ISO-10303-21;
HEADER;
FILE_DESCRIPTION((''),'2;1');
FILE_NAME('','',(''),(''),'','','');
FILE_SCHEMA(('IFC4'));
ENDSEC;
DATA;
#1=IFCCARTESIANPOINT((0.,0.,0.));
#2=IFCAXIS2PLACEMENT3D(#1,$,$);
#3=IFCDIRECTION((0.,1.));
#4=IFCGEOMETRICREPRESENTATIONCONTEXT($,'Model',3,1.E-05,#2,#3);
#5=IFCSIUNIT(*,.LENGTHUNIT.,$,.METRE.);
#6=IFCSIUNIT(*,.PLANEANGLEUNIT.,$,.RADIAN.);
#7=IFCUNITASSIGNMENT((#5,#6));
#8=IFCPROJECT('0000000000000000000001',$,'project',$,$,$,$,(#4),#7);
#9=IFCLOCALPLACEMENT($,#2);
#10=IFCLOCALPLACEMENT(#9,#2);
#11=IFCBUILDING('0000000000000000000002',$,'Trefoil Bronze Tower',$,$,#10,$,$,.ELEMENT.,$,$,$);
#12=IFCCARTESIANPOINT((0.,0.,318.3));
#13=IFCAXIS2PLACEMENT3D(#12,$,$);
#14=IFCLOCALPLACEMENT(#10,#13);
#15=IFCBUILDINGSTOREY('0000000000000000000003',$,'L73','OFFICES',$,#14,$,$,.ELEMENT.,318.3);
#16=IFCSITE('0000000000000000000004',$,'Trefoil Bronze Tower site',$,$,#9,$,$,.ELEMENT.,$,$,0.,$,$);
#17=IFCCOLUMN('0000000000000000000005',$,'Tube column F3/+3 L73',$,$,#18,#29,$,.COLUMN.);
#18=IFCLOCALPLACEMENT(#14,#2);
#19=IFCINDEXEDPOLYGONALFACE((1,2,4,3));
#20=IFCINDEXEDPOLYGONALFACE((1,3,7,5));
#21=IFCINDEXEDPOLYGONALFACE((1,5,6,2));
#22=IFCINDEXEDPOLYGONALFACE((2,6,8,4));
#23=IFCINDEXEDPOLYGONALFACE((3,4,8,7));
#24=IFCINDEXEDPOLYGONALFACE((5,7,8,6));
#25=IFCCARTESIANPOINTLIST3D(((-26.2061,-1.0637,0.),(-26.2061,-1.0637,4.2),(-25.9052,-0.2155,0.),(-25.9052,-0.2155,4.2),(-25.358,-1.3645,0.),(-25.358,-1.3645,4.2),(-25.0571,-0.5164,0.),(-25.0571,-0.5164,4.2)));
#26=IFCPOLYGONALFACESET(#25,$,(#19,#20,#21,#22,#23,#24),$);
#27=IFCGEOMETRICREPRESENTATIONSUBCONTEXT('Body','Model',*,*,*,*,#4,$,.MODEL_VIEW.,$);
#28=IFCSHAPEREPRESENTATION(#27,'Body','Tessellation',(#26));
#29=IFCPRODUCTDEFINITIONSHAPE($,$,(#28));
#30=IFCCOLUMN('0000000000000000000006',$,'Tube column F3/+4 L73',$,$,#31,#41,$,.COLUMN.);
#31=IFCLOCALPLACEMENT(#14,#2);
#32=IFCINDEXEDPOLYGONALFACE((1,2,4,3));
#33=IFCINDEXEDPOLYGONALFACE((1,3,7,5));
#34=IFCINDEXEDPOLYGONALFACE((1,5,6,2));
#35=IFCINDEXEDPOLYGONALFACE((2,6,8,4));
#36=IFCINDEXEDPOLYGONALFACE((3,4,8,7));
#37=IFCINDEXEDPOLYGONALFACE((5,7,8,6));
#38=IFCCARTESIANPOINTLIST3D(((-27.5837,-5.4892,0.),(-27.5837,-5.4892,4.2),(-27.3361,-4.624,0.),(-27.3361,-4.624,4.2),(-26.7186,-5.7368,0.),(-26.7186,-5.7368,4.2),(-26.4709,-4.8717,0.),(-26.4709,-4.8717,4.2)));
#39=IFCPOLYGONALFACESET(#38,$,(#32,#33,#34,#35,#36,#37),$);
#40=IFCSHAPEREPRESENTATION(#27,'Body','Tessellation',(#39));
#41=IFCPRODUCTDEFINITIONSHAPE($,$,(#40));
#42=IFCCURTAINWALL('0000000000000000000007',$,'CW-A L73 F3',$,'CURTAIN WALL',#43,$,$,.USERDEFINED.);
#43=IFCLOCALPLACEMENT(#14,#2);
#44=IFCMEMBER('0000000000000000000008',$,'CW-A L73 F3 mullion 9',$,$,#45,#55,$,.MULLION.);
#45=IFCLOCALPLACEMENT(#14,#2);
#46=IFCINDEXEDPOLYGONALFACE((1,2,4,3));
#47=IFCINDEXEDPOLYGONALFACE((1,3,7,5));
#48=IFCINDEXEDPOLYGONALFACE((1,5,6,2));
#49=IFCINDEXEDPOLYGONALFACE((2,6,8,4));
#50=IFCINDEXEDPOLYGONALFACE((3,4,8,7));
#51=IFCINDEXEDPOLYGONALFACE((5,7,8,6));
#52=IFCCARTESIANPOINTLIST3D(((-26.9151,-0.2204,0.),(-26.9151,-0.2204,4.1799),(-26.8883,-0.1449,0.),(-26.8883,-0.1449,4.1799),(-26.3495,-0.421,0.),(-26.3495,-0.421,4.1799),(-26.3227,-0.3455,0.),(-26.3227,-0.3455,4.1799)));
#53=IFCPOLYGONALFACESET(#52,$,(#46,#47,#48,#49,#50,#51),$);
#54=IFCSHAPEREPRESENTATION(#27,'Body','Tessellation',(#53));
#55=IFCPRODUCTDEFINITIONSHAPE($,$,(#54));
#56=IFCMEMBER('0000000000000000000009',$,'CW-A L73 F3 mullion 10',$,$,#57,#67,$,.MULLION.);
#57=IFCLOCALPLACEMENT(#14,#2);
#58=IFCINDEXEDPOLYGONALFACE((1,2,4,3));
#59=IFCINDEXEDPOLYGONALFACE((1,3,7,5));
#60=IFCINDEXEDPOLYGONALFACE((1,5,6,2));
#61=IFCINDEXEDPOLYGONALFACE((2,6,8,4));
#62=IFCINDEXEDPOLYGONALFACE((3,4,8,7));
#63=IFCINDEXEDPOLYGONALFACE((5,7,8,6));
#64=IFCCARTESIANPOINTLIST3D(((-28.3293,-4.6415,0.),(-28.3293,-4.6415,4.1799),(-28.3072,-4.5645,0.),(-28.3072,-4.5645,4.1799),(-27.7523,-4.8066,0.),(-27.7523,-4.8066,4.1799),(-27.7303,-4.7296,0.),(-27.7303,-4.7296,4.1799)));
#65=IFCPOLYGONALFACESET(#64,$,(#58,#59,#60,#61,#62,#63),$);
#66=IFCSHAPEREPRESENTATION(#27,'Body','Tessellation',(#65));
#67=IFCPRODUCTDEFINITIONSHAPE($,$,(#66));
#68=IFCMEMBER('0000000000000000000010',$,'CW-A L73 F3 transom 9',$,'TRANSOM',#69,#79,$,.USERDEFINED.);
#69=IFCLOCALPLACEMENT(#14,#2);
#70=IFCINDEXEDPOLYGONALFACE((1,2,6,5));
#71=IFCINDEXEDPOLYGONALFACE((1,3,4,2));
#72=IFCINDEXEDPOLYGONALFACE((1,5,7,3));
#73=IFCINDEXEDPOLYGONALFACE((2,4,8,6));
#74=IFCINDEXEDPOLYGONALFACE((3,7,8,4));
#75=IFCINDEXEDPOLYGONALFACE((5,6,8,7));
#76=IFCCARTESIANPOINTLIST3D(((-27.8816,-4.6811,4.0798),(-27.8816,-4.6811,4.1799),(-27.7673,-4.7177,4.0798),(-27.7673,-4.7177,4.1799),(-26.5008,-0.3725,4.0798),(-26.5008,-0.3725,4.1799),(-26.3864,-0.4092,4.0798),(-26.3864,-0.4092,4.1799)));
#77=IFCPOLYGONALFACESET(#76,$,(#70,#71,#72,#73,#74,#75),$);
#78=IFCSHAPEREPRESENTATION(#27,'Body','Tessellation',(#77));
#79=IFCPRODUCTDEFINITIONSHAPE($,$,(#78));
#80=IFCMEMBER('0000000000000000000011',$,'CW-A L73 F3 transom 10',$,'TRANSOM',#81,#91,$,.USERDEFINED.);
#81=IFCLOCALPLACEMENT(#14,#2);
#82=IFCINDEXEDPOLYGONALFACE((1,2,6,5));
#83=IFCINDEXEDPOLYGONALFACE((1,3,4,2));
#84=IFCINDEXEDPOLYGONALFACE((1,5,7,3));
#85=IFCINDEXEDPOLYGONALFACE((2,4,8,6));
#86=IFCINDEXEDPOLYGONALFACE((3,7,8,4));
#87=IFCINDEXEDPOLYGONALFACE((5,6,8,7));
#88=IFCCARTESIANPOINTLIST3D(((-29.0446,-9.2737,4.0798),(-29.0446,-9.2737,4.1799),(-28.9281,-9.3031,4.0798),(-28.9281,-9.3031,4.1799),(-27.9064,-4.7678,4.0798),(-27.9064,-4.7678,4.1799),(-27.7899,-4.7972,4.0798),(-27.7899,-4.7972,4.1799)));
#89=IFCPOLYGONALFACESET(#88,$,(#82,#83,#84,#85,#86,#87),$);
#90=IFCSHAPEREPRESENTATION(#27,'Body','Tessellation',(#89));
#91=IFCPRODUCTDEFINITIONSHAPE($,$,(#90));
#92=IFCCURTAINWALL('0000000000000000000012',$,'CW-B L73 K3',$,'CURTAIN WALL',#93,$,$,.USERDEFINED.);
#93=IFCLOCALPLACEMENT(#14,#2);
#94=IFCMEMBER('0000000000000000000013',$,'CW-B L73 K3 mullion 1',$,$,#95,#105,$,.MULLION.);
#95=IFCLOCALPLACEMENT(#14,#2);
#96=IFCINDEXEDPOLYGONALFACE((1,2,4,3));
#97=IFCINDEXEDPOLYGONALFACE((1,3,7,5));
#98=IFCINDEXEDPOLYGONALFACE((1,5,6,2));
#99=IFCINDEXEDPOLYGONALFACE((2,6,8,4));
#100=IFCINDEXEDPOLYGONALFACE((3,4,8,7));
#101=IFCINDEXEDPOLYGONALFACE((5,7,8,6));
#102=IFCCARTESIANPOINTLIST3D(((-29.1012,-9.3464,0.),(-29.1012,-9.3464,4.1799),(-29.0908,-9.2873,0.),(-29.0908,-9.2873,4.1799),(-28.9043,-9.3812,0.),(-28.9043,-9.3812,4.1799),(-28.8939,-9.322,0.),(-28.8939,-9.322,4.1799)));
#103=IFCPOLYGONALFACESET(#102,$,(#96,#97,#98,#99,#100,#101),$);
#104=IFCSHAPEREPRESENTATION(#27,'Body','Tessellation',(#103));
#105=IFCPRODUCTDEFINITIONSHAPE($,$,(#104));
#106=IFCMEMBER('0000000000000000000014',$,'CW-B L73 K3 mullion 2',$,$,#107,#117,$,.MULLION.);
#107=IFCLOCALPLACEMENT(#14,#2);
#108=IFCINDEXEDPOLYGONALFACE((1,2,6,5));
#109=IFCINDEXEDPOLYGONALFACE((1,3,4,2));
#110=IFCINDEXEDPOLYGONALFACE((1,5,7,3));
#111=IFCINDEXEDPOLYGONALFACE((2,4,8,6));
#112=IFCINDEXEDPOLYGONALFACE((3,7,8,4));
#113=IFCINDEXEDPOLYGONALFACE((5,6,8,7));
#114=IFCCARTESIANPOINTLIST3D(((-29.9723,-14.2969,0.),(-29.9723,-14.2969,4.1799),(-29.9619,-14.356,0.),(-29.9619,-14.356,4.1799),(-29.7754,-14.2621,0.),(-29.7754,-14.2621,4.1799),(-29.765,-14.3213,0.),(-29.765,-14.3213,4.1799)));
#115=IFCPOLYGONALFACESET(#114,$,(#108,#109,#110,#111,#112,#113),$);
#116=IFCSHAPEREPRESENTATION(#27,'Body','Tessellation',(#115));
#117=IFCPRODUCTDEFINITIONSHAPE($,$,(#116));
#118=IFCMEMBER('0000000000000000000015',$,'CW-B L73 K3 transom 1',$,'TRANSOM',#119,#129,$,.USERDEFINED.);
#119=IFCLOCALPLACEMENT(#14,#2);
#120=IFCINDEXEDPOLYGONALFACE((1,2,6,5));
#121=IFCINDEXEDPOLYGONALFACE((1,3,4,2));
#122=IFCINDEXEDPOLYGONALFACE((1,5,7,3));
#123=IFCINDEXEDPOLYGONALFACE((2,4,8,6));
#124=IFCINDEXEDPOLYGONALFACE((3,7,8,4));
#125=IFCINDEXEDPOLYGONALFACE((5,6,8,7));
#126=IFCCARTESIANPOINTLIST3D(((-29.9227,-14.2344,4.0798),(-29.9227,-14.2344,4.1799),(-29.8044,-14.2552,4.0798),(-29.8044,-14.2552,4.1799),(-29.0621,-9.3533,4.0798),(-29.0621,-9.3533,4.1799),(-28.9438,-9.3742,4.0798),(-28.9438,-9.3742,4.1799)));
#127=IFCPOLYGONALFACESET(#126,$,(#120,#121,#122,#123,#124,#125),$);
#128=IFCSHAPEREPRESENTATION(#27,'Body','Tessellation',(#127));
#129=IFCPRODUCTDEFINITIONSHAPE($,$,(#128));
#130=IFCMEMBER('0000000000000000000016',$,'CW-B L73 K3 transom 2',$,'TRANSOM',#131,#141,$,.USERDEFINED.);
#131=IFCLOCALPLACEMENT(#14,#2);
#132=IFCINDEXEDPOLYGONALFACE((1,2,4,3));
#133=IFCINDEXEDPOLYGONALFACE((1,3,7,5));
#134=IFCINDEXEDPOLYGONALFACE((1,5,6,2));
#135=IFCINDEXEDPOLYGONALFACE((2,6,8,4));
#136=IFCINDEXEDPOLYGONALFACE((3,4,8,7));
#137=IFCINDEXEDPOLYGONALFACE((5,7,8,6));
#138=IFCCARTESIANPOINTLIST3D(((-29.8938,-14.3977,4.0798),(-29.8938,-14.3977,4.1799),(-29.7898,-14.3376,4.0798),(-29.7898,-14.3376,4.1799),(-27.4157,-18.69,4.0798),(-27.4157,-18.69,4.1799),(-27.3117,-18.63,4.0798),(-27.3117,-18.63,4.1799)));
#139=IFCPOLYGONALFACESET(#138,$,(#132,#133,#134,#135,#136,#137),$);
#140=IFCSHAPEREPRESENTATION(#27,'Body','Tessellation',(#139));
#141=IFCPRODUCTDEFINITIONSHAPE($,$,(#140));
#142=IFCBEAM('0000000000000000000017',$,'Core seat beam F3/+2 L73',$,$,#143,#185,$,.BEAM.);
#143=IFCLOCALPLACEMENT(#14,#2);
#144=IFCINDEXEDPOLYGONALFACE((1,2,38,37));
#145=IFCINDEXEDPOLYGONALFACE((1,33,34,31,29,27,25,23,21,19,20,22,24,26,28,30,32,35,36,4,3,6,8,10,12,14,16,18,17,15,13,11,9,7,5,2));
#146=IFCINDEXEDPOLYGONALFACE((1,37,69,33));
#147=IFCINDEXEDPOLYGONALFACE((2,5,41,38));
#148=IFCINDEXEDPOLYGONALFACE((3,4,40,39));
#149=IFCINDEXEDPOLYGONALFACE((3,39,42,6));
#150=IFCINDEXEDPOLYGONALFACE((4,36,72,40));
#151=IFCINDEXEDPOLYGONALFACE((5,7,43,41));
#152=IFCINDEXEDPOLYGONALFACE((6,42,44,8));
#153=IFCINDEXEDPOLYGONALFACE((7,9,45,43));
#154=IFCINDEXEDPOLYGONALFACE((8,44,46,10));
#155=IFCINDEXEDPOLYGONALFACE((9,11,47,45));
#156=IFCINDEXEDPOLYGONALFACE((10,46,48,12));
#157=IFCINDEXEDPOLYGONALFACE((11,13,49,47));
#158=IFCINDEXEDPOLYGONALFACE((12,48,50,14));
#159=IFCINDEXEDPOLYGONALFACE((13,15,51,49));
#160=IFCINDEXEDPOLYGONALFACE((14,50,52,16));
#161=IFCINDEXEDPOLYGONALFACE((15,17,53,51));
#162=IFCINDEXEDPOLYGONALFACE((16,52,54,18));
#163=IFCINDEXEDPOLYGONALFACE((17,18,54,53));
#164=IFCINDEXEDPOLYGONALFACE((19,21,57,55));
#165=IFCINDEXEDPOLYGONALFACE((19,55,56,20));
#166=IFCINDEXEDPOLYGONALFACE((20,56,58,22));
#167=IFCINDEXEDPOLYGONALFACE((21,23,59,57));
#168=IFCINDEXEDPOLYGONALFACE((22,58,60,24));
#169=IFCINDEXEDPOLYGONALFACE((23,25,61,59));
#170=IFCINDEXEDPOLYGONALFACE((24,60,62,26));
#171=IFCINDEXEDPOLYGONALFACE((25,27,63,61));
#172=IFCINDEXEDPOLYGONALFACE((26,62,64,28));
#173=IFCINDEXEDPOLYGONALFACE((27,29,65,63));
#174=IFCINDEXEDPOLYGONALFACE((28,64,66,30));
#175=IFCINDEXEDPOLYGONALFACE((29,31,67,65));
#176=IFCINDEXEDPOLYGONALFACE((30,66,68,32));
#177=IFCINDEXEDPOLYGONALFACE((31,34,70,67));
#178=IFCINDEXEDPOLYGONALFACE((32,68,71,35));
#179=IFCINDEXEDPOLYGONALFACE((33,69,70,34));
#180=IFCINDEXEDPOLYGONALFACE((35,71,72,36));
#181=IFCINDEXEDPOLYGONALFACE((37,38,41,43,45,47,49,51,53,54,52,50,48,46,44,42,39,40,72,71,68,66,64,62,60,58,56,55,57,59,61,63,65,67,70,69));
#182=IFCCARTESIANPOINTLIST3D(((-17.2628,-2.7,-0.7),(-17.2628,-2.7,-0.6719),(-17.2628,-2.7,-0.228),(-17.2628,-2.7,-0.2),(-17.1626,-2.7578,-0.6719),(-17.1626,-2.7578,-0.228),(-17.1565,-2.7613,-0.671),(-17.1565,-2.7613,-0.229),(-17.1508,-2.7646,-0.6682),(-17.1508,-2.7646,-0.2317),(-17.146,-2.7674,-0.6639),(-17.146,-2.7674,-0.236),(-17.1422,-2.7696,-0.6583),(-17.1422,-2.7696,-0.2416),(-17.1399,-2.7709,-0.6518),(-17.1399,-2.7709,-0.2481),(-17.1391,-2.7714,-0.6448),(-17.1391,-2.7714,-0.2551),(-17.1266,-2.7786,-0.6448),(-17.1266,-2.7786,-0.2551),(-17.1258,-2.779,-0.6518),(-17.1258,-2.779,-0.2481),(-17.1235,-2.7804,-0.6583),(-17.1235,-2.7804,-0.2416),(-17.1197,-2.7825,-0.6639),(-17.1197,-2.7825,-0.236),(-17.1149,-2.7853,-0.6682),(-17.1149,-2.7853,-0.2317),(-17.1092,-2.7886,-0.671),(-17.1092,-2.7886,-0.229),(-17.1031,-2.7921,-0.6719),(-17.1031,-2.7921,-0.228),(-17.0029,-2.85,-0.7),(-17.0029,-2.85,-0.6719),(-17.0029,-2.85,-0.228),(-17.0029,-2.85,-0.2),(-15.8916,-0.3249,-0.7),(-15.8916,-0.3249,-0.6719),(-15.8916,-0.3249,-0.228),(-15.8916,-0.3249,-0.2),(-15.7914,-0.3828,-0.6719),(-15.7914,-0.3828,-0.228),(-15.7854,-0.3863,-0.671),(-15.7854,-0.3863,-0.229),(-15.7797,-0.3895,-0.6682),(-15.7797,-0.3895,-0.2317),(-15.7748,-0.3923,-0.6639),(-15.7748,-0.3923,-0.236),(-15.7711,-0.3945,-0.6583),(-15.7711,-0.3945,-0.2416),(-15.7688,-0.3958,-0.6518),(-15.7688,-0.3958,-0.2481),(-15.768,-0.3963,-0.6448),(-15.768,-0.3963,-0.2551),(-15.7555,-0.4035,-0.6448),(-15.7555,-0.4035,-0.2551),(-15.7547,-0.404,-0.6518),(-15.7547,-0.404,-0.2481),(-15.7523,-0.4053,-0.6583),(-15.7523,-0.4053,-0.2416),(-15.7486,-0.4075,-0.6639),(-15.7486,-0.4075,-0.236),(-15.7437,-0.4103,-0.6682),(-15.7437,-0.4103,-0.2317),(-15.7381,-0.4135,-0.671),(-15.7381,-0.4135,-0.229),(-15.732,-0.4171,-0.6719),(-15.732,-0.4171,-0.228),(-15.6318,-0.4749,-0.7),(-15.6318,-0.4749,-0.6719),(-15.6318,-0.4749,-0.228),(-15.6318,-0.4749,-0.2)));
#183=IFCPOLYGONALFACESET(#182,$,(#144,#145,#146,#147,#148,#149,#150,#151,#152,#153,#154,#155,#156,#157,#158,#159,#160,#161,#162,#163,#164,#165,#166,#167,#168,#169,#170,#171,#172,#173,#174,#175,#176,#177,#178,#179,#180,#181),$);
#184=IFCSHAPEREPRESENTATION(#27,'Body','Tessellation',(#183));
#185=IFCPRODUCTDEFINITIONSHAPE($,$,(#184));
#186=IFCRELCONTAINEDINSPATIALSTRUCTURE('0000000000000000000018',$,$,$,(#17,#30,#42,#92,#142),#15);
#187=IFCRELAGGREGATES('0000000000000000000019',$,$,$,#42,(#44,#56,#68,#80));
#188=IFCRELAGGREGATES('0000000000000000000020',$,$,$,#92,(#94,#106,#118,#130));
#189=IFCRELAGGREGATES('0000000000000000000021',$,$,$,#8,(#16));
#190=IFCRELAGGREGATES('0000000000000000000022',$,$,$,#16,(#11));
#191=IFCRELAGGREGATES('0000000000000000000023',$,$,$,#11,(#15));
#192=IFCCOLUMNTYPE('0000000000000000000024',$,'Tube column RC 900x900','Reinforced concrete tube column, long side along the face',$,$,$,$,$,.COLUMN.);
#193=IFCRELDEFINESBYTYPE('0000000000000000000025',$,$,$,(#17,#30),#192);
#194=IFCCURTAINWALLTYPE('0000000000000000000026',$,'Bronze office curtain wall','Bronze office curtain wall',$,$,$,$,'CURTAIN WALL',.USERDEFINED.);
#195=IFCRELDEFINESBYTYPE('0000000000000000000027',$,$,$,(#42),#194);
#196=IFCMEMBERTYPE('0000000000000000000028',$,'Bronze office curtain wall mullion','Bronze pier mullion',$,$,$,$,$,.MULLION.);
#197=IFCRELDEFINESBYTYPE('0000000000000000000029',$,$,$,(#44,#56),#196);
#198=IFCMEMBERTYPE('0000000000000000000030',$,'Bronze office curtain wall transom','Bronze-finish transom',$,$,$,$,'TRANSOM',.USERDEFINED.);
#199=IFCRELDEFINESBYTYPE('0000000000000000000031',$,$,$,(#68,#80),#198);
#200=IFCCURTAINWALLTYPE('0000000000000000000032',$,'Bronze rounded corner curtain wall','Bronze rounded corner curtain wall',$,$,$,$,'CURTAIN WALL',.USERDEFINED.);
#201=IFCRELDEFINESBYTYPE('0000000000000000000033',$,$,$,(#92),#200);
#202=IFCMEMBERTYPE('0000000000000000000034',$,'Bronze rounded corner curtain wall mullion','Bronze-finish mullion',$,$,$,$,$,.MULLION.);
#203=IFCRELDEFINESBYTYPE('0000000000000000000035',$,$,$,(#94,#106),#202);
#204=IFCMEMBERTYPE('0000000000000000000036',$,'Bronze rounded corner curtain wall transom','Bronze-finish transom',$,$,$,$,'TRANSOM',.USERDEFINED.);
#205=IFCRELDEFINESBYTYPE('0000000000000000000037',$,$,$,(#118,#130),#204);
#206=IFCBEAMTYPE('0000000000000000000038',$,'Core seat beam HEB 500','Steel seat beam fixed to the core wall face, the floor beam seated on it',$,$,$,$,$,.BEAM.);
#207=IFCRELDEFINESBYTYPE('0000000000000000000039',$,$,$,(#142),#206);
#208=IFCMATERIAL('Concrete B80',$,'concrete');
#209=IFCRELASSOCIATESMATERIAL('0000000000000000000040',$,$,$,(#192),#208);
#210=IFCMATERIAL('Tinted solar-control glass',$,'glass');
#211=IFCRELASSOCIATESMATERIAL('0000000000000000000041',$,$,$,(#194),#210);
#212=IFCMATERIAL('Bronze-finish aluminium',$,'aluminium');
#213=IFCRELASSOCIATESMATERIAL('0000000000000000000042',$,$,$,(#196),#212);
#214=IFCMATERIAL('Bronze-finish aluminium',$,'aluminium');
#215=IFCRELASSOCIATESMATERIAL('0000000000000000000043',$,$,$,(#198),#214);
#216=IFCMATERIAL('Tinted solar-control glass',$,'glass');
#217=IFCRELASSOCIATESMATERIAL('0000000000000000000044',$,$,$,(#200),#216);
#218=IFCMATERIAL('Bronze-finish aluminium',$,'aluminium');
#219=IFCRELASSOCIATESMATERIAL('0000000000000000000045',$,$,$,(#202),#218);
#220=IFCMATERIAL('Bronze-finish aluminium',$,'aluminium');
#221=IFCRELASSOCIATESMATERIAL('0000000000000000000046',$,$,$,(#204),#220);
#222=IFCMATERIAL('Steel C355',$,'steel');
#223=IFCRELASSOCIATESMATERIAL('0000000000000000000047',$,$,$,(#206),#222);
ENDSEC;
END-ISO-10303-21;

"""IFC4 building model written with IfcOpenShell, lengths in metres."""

from ifc_helpers import new_model, si_unit, direction, frame, origin, origin_2d, place, context, subcontext, project, spatial, rectangle, i_section, extrude, material, material_profile, profile_set, type_object, element, aggregate, save


model = new_model("IFC4")

# Units and contexts
model_context = context("Model", 3, precision=1e-05, world=origin(), true_north=direction((0.0, 1.0)))
body_context = subcontext(model_context, "Body", "Model", "MODEL_VIEW")
ifc_project = project(units=[si_unit("LENGTHUNIT", "METRE"), si_unit("PLANEANGLEUNIT", "RADIAN")], contexts=[model_context])

# Site, building, storey
site_placement = place(None, origin())
site = spatial("IfcSite", under=ifc_project, at=site_placement, Name="Trefoil Bronze Tower site", CompositionType="ELEMENT", RefElevation=0.0)
building_placement = place(site_placement, origin())
building = spatial("IfcBuilding", under=site, at=building_placement, Name="Trefoil Bronze Tower", CompositionType="ELEMENT")
storey_placement = place(building_placement, frame((0.0, 0.0, 318.3)))
storey = spatial("IfcBuildingStorey", under=building, at=storey_placement, Name="L73", Description="OFFICES", CompositionType="ELEMENT", Elevation=318.3)

# Columns
ifc_material_1 = material(Name="Concrete B80", Category="concrete")
ifc_material_profile_1 = material_profile(ifc_material_1, rectangle(XDim=0.8999, YDim=0.8999, at=origin_2d()), Name="RC 900x900")
ifc_profile_set_1 = profile_set([ifc_material_profile_1], Name="Concrete B80")
column_type = type_object("IfcColumnType", Name="Tube column RC 900x900", Description="Reinforced concrete tube column, long side along the face", PredefinedType="COLUMN", material=ifc_profile_set_1)
for number, where, z_axis, x_axis, name in (
    (1, (-25.6316, -0.79, 0.0), (0.0, 0.0, 1.0), (-0.334352, -0.942448, 0.0), "Tube column F3/+3 L73"),
    (2, (-27.0273, -5.1804, 0.0), (0.0, 0.0, 1.0), (-0.275169, -0.961396, 0.0), "Tube column F3/+4 L73"),
):
    element("IfcColumn", number, at=place(storey_placement, frame(where, z_axis=z_axis, x_axis=x_axis)), inside=storey, type_object=column_type, Name=name, PredefinedType="COLUMN", context=body_context, shape_type="SweptSolid", body=[
        extrude(rectangle(XDim=0.8999, YDim=0.8999, at=origin_2d()), origin(), (0.0, 0.0, 1.0), 4.2),
    ])

# Curtain walls, members
ifc_material_2 = material(Name="Tinted solar-control glass", Category="glass")
curtain_wall_type_1 = type_object("IfcCurtainWallType", Name="Bronze office curtain wall", Description="Bronze office curtain wall", ElementType="CURTAIN WALL", PredefinedType="USERDEFINED", material=ifc_material_2)
curtain_wall_1_placement = place(storey_placement, origin())
curtain_wall_1 = element("IfcCurtainWall", 3, at=curtain_wall_1_placement, inside=storey, type_object=curtain_wall_type_1, Name="CW-A L73 F3", ObjectType="CURTAIN WALL", PredefinedType="USERDEFINED")
ifc_material_3 = material(Name="Bronze-finish aluminium", Category="aluminium")
ifc_material_profile_2 = material_profile(ifc_material_3, rectangle(XDim=0.6001, YDim=0.0801, at=origin_2d()), Name="CW-A mullion")
ifc_profile_set_2 = profile_set([ifc_material_profile_2], Name="Bronze-finish aluminium")
member_type_1 = type_object("IfcMemberType", Name="Bronze office curtain wall mullion", Description="Bronze pier mullion", PredefinedType="MULLION", material=ifc_profile_set_2)
member_1_placement = place(storey_placement, frame((-26.6189, -0.283, 0.0), z_axis=(0.0, 0.0, 1.0), x_axis=(0.942448, -0.334352, 0.0)))
member_1 = element("IfcMember", 4, at=member_1_placement, type_object=member_type_1, Name="CW-A L73 F3 mullion 9", PredefinedType="MULLION", context=body_context, shape_type="SweptSolid", body=[
    extrude(rectangle(XDim=0.6001, YDim=0.0801, at=origin_2d()), origin(), (0.0, 0.0, 1.0), 4.1799),
])
member_2_placement = place(storey_placement, frame((-28.0298, -4.6855, 0.0), z_axis=(0.0, 0.0, 1.0), x_axis=(0.961396, -0.275169, 0.0)))
member_2 = element("IfcMember", 5, at=member_2_placement, type_object=member_type_1, Name="CW-A L73 F3 mullion 10", PredefinedType="MULLION", context=body_context, shape_type="SweptSolid", body=[
    extrude(rectangle(XDim=0.6001, YDim=0.0801, at=origin_2d()), origin(), (0.0, 0.0, 1.0), 4.1799),
])
ifc_material_4 = material(Name="Bronze-finish aluminium", Category="aluminium")
ifc_material_profile_3 = material_profile(ifc_material_4, rectangle(XDim=0.1201, YDim=0.1001, at=origin_2d()), Name="CW-A transom")
ifc_profile_set_3 = profile_set([ifc_material_profile_3], Name="Bronze-finish aluminium")
member_type_2 = type_object("IfcMemberType", Name="Bronze office curtain wall transom", Description="Bronze-finish transom", ElementType="TRANSOM", PredefinedType="USERDEFINED", material=ifc_profile_set_3)
member_3_placement = place(storey_placement, frame((-26.4436, -0.3909, 4.1299), z_axis=(-0.305199, -0.952289, 0.0), x_axis=(0.952289, -0.305199, 0.0)))
member_3 = element("IfcMember", 6, at=member_3_placement, type_object=member_type_2, Name="CW-A L73 F3 transom 9", ObjectType="TRANSOM", PredefinedType="USERDEFINED", context=body_context, shape_type="SweptSolid", body=[
    extrude(rectangle(XDim=0.1201, YDim=0.1001, at=origin_2d()), origin(), (0.0, 0.0, 1.0), 4.5244),
])
member_4_placement = place(storey_placement, frame((-27.8481, -4.7825, 4.1299), z_axis=(-0.244908, -0.969546, 0.0), x_axis=(0.969546, -0.244908, 0.0)))
member_4 = element("IfcMember", 7, at=member_4_placement, type_object=member_type_2, Name="CW-A L73 F3 transom 10", ObjectType="TRANSOM", PredefinedType="USERDEFINED", context=body_context, shape_type="SweptSolid", body=[
    extrude(rectangle(XDim=0.1201, YDim=0.1001, at=origin_2d()), origin(), (0.0, 0.0, 1.0), 4.6475),
])
ifc_material_5 = material(Name="Tinted solar-control glass", Category="glass")
curtain_wall_type_2 = type_object("IfcCurtainWallType", Name="Bronze rounded corner curtain wall", Description="Bronze rounded corner curtain wall", ElementType="CURTAIN WALL", PredefinedType="USERDEFINED", material=ifc_material_5)
curtain_wall_2_placement = place(storey_placement, origin())
curtain_wall_2 = element("IfcCurtainWall", 8, at=curtain_wall_2_placement, inside=storey, type_object=curtain_wall_type_2, Name="CW-B L73 K3", ObjectType="CURTAIN WALL", PredefinedType="USERDEFINED")
ifc_material_6 = material(Name="Bronze-finish aluminium", Category="aluminium")
ifc_material_profile_4 = material_profile(ifc_material_6, rectangle(XDim=0.2, YDim=0.0601, at=origin_2d()), Name="CW-B mullion")
ifc_profile_set_4 = profile_set([ifc_material_profile_4], Name="Bronze-finish aluminium")
member_type_3 = type_object("IfcMemberType", Name="Bronze rounded corner curtain wall mullion", Description="Bronze-finish mullion", PredefinedType="MULLION", material=ifc_profile_set_4)
member_5_placement = place(storey_placement, frame((-28.9976, -9.3342, 0.0), z_axis=(0.0, 0.0, 1.0), x_axis=(0.984808, -0.173648, 0.0)))
member_5 = element("IfcMember", 9, at=member_5_placement, type_object=member_type_3, Name="CW-B L73 K3 mullion 1", PredefinedType="MULLION", context=body_context, shape_type="SweptSolid", body=[
    extrude(rectangle(XDim=0.2, YDim=0.0601, at=origin_2d()), origin(), (0.0, 0.0, 1.0), 4.1799),
])
member_6_placement = place(storey_placement, frame((-29.8687, -14.3091, 0.0), z_axis=(0.0, 0.0, 1.0), x_axis=(0.984808, 0.173648, 0.0)))
member_6 = element("IfcMember", 10, at=member_6_placement, type_object=member_type_3, Name="CW-B L73 K3 mullion 2", PredefinedType="MULLION", context=body_context, shape_type="SweptSolid", body=[
    extrude(rectangle(XDim=0.2, YDim=0.0601, at=origin_2d()), origin(), (0.0, 0.0, 1.0), 4.1799),
])
ifc_material_7 = material(Name="Bronze-finish aluminium", Category="aluminium")
ifc_material_profile_5 = material_profile(ifc_material_7, rectangle(XDim=0.1201, YDim=0.1001, at=origin_2d()), Name="CW-B transom")
ifc_profile_set_5 = profile_set([ifc_material_profile_5], Name="Bronze-finish aluminium")
member_type_4 = type_object("IfcMemberType", Name="Bronze rounded corner curtain wall transom", Description="Bronze-finish transom", ElementType="TRANSOM", PredefinedType="USERDEFINED", material=ifc_profile_set_5)
member_7_placement = place(storey_placement, frame((-29.0029, -9.3638, 4.1299), z_axis=(-0.173634, -0.98481, 0.0), x_axis=(0.98481, -0.173634, 0.0)))
member_7 = element("IfcMember", 11, at=member_7_placement, type_object=member_type_4, Name="CW-B L73 K3 transom 1", ObjectType="TRANSOM", PredefinedType="USERDEFINED", context=body_context, shape_type="SweptSolid", body=[
    extrude(rectangle(XDim=0.1201, YDim=0.1001, at=origin_2d()), origin(), (0.0, 0.0, 1.0), 4.9563),
])
member_8_placement = place(storey_placement, frame((-29.8418, -14.3677, 4.1299), z_axis=(0.499985, -0.866034, 0.0), x_axis=(0.866034, 0.499985, 0.0)))
member_8 = element("IfcMember", 12, at=member_8_placement, type_object=member_type_4, Name="CW-B L73 K3 transom 2", ObjectType="TRANSOM", PredefinedType="USERDEFINED", context=body_context, shape_type="SweptSolid", body=[
    extrude(rectangle(XDim=0.1201, YDim=0.1001, at=origin_2d()), origin(), (0.0, 0.0, 1.0), 4.9563),
])

# Beam
ifc_material_8 = material(Name="Steel C355", Category="steel")
ifc_material_profile_6 = material_profile(ifc_material_8, i_section(OverallWidth=0.3, OverallDepth=0.5, WebThickness=0.0144, FlangeThickness=0.0281, FilletRadius=0.0271, at=origin_2d()), Name="HEB 500")
ifc_profile_set_6 = profile_set([ifc_material_profile_6], Name="Steel C355")
beam_type_1 = type_object("IfcBeamType", Name="Core seat beam HEB 500", Description="Steel seat beam fixed to the core wall face, the floor beam seated on it", PredefinedType="BEAM", material=ifc_profile_set_6)
beam_1_placement = place(storey_placement, frame((-15.7617, -0.3999, -0.45), z_axis=(-0.499969, -0.866043, 0.0), x_axis=(0.866043, -0.499969, 0.0)))
element("IfcBeam", 13, at=beam_1_placement, inside=storey, type_object=beam_type_1, Name="Core seat beam F3/+2 L73", PredefinedType="BEAM", context=body_context, shape_type="SweptSolid", body=[
    extrude(i_section(OverallWidth=0.3, OverallDepth=0.5, WebThickness=0.0144, FlangeThickness=0.0281, FilletRadius=0.0271, at=origin_2d()), origin(), (0.0, 0.0, 1.0), 2.7424),
])

aggregate(curtain_wall_1, [member_1, member_2, member_3, member_4])
aggregate(curtain_wall_2, [member_5, member_6, member_7, member_8])

save(model, "model.ifc")
